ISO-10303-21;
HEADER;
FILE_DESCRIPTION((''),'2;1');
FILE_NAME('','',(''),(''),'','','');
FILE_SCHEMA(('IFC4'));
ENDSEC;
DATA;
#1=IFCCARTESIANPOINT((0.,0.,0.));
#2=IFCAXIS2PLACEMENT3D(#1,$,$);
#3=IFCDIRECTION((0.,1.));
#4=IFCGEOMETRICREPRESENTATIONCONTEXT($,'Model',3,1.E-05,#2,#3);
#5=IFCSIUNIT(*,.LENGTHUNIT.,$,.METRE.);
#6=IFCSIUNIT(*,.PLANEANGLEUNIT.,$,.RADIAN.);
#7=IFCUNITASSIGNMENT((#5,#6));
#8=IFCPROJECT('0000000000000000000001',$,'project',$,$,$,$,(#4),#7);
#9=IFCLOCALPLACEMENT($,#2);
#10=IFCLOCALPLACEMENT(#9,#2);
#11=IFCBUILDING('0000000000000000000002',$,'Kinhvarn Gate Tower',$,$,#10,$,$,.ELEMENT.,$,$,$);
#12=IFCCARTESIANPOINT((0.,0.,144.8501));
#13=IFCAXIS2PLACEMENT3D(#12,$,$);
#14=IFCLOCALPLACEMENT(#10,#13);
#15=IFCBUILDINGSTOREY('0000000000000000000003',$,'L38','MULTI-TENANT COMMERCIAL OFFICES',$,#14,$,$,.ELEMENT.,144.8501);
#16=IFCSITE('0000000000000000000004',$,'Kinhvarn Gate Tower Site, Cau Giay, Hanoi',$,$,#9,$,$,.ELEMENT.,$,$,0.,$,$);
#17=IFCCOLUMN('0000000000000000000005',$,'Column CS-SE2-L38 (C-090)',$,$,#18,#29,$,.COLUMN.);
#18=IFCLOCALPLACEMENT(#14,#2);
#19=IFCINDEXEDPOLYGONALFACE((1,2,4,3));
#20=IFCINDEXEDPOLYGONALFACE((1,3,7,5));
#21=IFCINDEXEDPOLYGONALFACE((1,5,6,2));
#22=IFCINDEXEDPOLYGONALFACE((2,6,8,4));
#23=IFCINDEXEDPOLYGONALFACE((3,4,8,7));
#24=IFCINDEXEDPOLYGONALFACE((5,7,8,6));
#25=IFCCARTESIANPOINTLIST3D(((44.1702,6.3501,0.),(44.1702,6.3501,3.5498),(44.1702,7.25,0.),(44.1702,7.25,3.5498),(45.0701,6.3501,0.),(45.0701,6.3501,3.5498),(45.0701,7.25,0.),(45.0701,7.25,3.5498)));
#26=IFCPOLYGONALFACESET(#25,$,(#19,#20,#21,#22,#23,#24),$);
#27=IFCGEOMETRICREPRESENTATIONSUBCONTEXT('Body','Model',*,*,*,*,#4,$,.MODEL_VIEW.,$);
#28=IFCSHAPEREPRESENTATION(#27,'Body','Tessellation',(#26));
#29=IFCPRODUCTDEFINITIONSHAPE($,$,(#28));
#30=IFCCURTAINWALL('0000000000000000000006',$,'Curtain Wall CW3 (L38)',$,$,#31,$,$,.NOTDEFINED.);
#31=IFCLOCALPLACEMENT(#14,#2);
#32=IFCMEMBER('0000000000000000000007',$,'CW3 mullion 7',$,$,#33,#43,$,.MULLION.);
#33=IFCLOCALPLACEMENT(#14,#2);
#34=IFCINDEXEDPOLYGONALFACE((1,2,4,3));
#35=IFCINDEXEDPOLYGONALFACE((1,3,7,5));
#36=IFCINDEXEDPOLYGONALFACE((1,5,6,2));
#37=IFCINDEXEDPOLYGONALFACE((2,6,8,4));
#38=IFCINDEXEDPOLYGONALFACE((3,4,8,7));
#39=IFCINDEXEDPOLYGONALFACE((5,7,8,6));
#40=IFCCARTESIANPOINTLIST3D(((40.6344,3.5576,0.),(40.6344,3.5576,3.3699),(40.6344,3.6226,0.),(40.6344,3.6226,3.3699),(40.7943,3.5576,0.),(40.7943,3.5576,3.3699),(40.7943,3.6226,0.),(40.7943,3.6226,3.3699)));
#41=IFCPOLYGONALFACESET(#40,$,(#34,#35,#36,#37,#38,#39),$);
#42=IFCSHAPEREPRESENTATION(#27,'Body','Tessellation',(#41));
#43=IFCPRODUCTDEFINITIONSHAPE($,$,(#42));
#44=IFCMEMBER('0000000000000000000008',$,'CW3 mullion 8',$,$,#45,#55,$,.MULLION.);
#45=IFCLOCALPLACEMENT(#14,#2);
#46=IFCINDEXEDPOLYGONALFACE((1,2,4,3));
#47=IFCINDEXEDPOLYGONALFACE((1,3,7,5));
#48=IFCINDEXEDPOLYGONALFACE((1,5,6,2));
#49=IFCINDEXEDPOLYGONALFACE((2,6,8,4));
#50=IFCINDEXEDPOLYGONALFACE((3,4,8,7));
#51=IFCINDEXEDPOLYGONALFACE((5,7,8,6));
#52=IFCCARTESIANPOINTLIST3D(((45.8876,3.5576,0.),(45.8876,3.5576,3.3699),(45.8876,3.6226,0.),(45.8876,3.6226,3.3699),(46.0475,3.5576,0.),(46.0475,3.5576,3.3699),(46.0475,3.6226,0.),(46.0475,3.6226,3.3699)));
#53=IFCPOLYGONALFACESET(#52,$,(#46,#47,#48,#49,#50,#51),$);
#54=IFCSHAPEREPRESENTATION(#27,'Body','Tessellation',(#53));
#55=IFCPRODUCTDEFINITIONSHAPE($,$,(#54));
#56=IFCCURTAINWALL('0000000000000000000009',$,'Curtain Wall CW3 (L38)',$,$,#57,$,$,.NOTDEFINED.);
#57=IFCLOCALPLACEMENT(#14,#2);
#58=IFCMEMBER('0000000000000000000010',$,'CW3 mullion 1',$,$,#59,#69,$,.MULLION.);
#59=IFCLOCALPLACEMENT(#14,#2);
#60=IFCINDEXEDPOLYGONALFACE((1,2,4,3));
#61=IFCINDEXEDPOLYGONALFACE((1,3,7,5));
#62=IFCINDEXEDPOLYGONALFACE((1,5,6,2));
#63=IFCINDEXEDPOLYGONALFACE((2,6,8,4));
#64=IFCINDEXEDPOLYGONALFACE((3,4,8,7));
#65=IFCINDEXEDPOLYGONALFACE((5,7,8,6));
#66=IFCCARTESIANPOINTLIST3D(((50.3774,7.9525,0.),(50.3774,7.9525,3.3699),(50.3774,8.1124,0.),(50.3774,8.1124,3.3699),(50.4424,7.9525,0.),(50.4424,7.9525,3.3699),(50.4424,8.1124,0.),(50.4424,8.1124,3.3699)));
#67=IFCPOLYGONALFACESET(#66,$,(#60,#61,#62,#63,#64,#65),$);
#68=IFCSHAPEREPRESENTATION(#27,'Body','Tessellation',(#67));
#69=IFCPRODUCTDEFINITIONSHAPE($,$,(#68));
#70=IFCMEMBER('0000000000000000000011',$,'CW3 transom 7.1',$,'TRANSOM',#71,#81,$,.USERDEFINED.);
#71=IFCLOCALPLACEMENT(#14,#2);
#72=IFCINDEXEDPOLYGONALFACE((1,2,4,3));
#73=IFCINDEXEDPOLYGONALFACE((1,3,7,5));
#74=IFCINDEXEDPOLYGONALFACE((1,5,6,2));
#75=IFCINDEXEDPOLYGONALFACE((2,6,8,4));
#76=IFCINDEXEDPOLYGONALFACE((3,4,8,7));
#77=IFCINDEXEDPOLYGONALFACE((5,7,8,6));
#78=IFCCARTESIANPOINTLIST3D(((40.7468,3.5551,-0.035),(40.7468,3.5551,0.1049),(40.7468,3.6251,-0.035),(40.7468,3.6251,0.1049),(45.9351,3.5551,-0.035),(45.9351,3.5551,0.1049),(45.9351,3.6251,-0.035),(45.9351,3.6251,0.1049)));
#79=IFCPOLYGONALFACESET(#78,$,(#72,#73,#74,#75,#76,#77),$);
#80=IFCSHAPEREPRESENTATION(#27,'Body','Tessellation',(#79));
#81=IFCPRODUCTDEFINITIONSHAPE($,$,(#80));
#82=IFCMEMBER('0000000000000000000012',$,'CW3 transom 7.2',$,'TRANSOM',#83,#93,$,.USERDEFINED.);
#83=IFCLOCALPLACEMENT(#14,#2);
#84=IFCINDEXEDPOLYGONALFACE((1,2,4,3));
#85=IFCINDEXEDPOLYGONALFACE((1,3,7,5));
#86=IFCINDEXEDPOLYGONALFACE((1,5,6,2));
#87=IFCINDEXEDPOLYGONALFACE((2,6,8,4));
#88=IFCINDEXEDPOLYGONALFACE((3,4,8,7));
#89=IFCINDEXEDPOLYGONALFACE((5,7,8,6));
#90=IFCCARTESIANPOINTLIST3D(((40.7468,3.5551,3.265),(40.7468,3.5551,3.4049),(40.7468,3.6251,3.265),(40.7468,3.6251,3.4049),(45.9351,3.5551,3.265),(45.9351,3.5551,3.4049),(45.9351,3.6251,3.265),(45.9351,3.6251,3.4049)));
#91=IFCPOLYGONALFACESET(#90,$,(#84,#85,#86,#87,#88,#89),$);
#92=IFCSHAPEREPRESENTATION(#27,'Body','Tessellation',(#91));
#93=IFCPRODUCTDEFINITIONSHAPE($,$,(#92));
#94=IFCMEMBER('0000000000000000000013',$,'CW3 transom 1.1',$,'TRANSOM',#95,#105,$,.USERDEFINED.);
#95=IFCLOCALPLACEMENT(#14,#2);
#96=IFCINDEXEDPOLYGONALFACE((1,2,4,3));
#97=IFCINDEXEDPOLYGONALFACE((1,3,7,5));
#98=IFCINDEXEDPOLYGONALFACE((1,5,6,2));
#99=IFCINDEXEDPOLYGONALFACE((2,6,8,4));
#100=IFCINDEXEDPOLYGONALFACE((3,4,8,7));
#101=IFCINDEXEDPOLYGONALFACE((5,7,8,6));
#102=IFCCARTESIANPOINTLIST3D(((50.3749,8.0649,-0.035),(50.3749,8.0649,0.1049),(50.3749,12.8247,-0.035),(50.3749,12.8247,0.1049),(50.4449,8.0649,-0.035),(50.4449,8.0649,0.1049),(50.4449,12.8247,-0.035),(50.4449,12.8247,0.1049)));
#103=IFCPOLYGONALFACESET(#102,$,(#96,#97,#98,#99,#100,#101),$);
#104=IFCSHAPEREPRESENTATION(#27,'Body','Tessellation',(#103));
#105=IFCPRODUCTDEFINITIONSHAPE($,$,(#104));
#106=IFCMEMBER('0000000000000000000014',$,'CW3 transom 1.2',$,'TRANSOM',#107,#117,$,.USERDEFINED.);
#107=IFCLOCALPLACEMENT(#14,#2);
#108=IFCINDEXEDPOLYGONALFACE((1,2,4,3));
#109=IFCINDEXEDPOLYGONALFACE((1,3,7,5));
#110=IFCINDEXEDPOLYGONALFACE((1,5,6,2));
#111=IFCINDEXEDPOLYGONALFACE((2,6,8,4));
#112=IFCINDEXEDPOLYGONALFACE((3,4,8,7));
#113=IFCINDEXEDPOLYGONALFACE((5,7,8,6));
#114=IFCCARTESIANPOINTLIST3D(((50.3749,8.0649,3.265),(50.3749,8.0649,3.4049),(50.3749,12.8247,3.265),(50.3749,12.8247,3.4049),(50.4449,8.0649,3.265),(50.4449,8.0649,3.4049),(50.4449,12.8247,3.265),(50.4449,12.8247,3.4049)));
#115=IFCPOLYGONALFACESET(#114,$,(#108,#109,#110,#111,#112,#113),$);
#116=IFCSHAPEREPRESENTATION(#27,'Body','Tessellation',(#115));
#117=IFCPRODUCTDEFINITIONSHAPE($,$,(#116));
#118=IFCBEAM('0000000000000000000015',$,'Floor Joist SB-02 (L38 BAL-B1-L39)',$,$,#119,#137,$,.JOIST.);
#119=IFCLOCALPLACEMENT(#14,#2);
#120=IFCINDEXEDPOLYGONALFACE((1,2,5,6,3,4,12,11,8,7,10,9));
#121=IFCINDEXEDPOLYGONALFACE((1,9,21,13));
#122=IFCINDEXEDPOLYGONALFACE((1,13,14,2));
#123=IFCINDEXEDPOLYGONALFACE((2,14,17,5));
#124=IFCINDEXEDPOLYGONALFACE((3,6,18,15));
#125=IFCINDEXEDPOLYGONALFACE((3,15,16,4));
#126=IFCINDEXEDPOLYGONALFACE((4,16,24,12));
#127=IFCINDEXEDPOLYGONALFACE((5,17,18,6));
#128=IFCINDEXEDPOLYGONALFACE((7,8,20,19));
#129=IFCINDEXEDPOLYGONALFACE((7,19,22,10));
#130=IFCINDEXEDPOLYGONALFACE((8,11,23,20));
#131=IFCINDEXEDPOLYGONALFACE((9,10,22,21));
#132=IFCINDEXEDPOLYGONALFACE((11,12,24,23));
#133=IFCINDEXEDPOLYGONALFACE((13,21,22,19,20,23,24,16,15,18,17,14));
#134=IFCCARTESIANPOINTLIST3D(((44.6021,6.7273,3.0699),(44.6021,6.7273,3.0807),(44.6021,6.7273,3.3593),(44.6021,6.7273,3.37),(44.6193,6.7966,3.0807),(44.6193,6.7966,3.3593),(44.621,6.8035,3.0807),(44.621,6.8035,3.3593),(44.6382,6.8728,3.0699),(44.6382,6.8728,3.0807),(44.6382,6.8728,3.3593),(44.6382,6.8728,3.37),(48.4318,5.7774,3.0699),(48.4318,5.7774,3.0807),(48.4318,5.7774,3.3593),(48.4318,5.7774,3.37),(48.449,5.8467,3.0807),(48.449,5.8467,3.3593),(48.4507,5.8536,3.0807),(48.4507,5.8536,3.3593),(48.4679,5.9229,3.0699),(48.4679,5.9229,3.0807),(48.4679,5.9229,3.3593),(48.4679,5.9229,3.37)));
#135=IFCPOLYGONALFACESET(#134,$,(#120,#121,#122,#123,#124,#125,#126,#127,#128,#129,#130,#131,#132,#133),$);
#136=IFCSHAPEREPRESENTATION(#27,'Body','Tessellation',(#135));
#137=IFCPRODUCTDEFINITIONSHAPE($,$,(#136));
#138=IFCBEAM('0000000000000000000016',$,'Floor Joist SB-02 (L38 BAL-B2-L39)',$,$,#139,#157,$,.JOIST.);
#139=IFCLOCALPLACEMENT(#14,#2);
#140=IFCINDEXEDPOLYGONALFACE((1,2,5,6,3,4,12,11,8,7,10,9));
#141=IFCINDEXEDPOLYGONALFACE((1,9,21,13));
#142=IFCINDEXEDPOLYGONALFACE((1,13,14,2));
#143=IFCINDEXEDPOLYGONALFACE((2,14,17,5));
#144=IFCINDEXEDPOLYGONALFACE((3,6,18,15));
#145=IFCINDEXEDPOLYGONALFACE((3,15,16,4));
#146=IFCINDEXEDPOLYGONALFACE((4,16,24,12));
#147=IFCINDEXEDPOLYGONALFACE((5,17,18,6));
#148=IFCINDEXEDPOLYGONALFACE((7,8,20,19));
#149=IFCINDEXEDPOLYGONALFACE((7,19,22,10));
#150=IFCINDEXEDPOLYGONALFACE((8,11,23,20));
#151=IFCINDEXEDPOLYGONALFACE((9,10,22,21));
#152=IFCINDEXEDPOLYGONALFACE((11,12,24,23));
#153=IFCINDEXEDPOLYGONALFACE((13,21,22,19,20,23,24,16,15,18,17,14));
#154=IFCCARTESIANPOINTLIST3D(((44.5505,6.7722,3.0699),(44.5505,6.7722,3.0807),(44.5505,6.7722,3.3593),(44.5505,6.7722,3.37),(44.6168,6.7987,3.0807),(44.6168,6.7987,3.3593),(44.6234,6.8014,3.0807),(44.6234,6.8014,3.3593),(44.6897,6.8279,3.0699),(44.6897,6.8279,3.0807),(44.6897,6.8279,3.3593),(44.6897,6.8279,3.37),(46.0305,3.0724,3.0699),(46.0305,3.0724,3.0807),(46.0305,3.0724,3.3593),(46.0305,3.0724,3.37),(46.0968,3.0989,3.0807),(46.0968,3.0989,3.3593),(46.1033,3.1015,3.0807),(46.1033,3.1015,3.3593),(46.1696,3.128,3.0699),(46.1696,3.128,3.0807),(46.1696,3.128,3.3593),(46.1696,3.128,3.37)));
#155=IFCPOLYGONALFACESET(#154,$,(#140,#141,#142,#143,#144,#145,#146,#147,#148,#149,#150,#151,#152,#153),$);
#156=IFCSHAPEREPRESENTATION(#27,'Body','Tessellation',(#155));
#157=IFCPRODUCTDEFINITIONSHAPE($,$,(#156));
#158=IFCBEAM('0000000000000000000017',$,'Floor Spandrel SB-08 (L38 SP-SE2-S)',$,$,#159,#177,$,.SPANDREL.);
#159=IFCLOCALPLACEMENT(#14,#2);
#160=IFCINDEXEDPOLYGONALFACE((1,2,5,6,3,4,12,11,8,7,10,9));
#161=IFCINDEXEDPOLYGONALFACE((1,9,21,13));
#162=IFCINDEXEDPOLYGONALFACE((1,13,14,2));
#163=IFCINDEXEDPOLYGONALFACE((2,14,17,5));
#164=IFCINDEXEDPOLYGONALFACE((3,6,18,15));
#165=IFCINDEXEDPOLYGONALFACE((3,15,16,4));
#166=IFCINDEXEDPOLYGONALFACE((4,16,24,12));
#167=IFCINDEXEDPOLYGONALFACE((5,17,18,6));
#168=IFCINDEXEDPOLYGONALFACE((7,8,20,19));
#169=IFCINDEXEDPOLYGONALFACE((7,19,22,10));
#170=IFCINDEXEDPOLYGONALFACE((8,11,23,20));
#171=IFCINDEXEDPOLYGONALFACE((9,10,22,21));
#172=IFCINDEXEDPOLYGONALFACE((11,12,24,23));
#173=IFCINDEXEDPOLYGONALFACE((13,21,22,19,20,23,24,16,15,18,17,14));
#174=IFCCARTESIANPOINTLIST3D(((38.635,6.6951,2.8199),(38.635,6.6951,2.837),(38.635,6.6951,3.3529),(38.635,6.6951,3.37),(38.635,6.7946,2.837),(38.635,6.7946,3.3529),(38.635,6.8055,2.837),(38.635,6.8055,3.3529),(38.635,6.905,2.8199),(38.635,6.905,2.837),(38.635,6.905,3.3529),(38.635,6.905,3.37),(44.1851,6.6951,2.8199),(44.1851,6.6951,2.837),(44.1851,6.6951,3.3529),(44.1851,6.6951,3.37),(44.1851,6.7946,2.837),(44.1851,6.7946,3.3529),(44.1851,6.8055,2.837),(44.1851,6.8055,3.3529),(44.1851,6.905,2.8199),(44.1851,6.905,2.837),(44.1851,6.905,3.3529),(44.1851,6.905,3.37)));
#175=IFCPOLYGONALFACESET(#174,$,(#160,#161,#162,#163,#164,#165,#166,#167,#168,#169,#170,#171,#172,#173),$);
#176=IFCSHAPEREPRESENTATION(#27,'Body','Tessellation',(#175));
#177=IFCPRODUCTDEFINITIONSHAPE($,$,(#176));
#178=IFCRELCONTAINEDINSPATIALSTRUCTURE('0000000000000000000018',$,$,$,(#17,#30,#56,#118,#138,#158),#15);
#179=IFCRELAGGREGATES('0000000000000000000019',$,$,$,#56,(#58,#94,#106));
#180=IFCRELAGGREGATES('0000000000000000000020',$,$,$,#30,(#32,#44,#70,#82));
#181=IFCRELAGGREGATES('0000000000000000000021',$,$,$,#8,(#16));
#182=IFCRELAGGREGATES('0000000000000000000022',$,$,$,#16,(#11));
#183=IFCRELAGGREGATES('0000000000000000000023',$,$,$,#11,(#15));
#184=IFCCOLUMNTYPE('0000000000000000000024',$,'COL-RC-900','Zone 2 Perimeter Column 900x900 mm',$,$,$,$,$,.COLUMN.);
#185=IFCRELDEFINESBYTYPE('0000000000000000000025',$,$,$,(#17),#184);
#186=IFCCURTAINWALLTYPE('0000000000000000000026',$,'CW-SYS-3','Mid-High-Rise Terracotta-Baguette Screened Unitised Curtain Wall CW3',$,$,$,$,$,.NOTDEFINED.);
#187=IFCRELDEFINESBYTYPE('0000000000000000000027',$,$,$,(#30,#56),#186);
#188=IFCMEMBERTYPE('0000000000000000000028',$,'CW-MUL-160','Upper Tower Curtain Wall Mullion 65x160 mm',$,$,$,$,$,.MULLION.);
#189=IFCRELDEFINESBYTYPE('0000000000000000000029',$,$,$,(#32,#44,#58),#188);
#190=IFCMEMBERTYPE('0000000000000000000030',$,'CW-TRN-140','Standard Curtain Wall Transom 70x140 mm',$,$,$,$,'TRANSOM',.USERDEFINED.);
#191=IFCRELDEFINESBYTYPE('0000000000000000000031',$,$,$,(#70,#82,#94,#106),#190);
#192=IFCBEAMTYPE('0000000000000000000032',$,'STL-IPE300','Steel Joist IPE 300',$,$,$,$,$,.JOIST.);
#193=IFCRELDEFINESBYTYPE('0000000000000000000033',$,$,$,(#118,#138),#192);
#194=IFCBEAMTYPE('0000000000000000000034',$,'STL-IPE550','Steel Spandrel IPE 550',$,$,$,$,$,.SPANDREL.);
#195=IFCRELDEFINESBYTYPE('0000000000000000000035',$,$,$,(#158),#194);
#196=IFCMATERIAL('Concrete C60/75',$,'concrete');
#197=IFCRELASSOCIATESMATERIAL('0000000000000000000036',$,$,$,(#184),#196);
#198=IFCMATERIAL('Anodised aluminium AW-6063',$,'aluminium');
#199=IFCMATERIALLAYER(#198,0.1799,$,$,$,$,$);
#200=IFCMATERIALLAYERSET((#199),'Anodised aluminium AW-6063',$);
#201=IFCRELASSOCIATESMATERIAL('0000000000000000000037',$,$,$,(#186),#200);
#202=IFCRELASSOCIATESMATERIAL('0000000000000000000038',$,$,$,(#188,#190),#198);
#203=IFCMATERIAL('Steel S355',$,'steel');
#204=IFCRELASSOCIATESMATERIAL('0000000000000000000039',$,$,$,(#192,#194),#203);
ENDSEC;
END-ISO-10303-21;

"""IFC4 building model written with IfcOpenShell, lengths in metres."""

from ifc_helpers import new_model, si_unit, direction, frame, origin, origin_2d, place, context, subcontext, project, spatial, rectangle, i_section, extrude, material, layer, layer_set, material_profile, profile_set, type_object, element, aggregate, save


model = new_model("IFC4")

# Units and contexts
model_context = context("Model", 3, precision=1e-05, world=origin(), true_north=direction((0.0, 1.0)))
body_context = subcontext(model_context, "Body", "Model", "MODEL_VIEW")
ifc_project = project(units=[si_unit("LENGTHUNIT", "METRE"), si_unit("PLANEANGLEUNIT", "RADIAN")], contexts=[model_context])

# Site, building, storey
site_placement = place(None, origin())
site = spatial("IfcSite", under=ifc_project, at=site_placement, Name="Kinhvarn Gate Tower Site, Cau Giay, Hanoi", CompositionType="ELEMENT", RefElevation=0.0)
building_placement = place(site_placement, origin())
building = spatial("IfcBuilding", under=site, at=building_placement, Name="Kinhvarn Gate Tower", CompositionType="ELEMENT")
storey_placement = place(building_placement, frame((0.0, 0.0, 144.8501)))
storey = spatial("IfcBuildingStorey", under=building, at=storey_placement, Name="L38", Description="MULTI-TENANT COMMERCIAL OFFICES", CompositionType="ELEMENT", Elevation=144.8501)

# Column
ifc_material_1 = material(Name="Concrete C60/75", Category="concrete")
ifc_material_profile_1 = material_profile(ifc_material_1, rectangle(XDim=0.8999, YDim=0.8999, at=origin_2d()), Name="RC 900x900")
ifc_profile_set_1 = profile_set([ifc_material_profile_1], Name="Concrete C60/75")
column_type = type_object("IfcColumnType", Name="COL-RC-900", Description="Zone 2 Perimeter Column 900x900 mm", PredefinedType="COLUMN", material=ifc_profile_set_1)
column_placement = place(storey_placement, frame((44.6201, 6.8, 0.0), z_axis=(0.0, 0.0, 1.0), x_axis=(1.0, 0.0, 0.0)))
element("IfcColumn", 1, at=column_placement, inside=storey, type_object=column_type, Name="Column CS-SE2-L38 (C-090)", PredefinedType="COLUMN", context=body_context, shape_type="SweptSolid", body=[
    extrude(rectangle(XDim=0.8999, YDim=0.8999, at=origin_2d()), origin(), (0.0, 0.0, 1.0), 3.5498),
])

# Curtain wall, members
ifc_material_2 = material(Name="Anodised aluminium AW-6063", Category="aluminium")
ifc_layer_1 = layer(ifc_material_2, 0.1799)
ifc_layer_set_1 = layer_set([ifc_layer_1], Name="Anodised aluminium AW-6063")
curtain_wall_type = type_object("IfcCurtainWallType", Name="CW-SYS-3", Description="Mid-High-Rise Terracotta-Baguette Screened Unitised Curtain Wall CW3", PredefinedType="NOTDEFINED", material=ifc_layer_set_1)
curtain_wall_1_placement = place(storey_placement, origin())
curtain_wall_1 = element("IfcCurtainWall", 2, at=curtain_wall_1_placement, inside=storey, type_object=curtain_wall_type, Name="Curtain Wall CW3 (L38)", PredefinedType="NOTDEFINED")
ifc_material_profile_2 = material_profile(ifc_material_2, rectangle(XDim=0.0649, YDim=0.1599, at=origin_2d()), Name="ALU 65x160")
ifc_profile_set_2 = profile_set([ifc_material_profile_2], Name="Anodised aluminium AW-6063")
member_type_1 = type_object("IfcMemberType", Name="CW-MUL-160", Description="Upper Tower Curtain Wall Mullion 65x160 mm", PredefinedType="MULLION", material=ifc_profile_set_2)
member_1_placement = place(storey_placement, frame((40.7144, 3.5901, 0.0), z_axis=(0.0, 0.0, 1.0), x_axis=(0.0, 1.0, 0.0)))
member_1 = element("IfcMember", 3, at=member_1_placement, type_object=member_type_1, Name="CW3 mullion 7", PredefinedType="MULLION", context=body_context, shape_type="SweptSolid", body=[
    extrude(rectangle(XDim=0.0649, YDim=0.1599, at=origin_2d()), origin(), (0.0, 0.0, 1.0), 3.3699),
])
member_2_placement = place(storey_placement, frame((45.9675, 3.5901, 0.0), z_axis=(0.0, 0.0, 1.0), x_axis=(0.0, 1.0, 0.0)))
member_2 = element("IfcMember", 4, at=member_2_placement, type_object=member_type_1, Name="CW3 mullion 8", PredefinedType="MULLION", context=body_context, shape_type="SweptSolid", body=[
    extrude(rectangle(XDim=0.0649, YDim=0.1599, at=origin_2d()), origin(), (0.0, 0.0, 1.0), 3.3699),
])

# Curtain wall, member
curtain_wall_2_placement = place(storey_placement, origin())
curtain_wall_2 = element("IfcCurtainWall", 5, at=curtain_wall_2_placement, inside=storey, type_object=curtain_wall_type, Name="Curtain Wall CW3 (L38)", PredefinedType="NOTDEFINED")
member_3_placement = place(storey_placement, frame((50.4099, 8.0325, 0.0), z_axis=(0.0, 0.0, 1.0), x_axis=(-1.0, 0.0, 0.0)))
member_3 = element("IfcMember", 6, at=member_3_placement, type_object=member_type_1, Name="CW3 mullion 1", PredefinedType="MULLION", context=body_context, shape_type="SweptSolid", body=[
    extrude(rectangle(XDim=0.0649, YDim=0.1599, at=origin_2d()), origin(), (0.0, 0.0, 1.0), 3.3699),
])

# Members
ifc_material_profile_3 = material_profile(ifc_material_2, rectangle(XDim=0.0701, YDim=0.1399, at=origin_2d()), Name="ALU 70x140")
ifc_profile_set_3 = profile_set([ifc_material_profile_3], Name="Anodised aluminium AW-6063")
member_type_2 = type_object("IfcMemberType", Name="CW-TRN-140", Description="Standard Curtain Wall Transom 70x140 mm", ElementType="TRANSOM", PredefinedType="USERDEFINED", material=ifc_profile_set_3)
member_4_placement = place(storey_placement, frame((40.7468, 3.5901, 0.0349), z_axis=(1.0, 0.0, 0.0), x_axis=(0.0, 1.0, 0.0)))
member_4 = element("IfcMember", 7, at=member_4_placement, type_object=member_type_2, Name="CW3 transom 7.1", ObjectType="TRANSOM", PredefinedType="USERDEFINED", context=body_context, shape_type="SweptSolid", body=[
    extrude(rectangle(XDim=0.0701, YDim=0.1399, at=origin_2d()), origin(), (0.0, 0.0, 1.0), 5.1882),
])
member_5_placement = place(storey_placement, frame((40.7468, 3.5901, 3.335), z_axis=(1.0, 0.0, 0.0), x_axis=(0.0, 1.0, 0.0)))
member_5 = element("IfcMember", 8, at=member_5_placement, type_object=member_type_2, Name="CW3 transom 7.2", ObjectType="TRANSOM", PredefinedType="USERDEFINED", context=body_context, shape_type="SweptSolid", body=[
    extrude(rectangle(XDim=0.0701, YDim=0.1399, at=origin_2d()), origin(), (0.0, 0.0, 1.0), 5.1882),
])
member_6_placement = place(storey_placement, frame((50.4099, 8.0649, 0.0349), z_axis=(0.0, 1.0, 0.0), x_axis=(-1.0, 0.0, 0.0)))
member_6 = element("IfcMember", 9, at=member_6_placement, type_object=member_type_2, Name="CW3 transom 1.1", ObjectType="TRANSOM", PredefinedType="USERDEFINED", context=body_context, shape_type="SweptSolid", body=[
    extrude(rectangle(XDim=0.0701, YDim=0.1399, at=origin_2d()), origin(), (0.0, 0.0, 1.0), 4.7598),
])
member_7_placement = place(storey_placement, frame((50.4099, 8.0649, 3.335), z_axis=(0.0, 1.0, 0.0), x_axis=(-1.0, 0.0, 0.0)))
member_7 = element("IfcMember", 10, at=member_7_placement, type_object=member_type_2, Name="CW3 transom 1.2", ObjectType="TRANSOM", PredefinedType="USERDEFINED", context=body_context, shape_type="SweptSolid", body=[
    extrude(rectangle(XDim=0.0701, YDim=0.1399, at=origin_2d()), origin(), (0.0, 0.0, 1.0), 4.7598),
])
aggregate(curtain_wall_2, [member_3, member_6, member_7])

# Beams
ifc_material_3 = material(Name="Steel S355", Category="steel")
ifc_material_profile_4 = material_profile(ifc_material_3, i_section(OverallWidth=0.1499, OverallDepth=0.3, WebThickness=0.0071, FlangeThickness=0.0107, at=origin_2d()), Name="IPE 300")
ifc_profile_set_4 = profile_set([ifc_material_profile_4], Name="Steel S355")
beam_type_1 = type_object("IfcBeamType", Name="STL-IPE300", Description="Steel Joist IPE 300", PredefinedType="JOIST", material=ifc_profile_set_4)
beam_1_placement = place(storey_placement, frame((44.6201, 6.8, 3.22), z_axis=(0.970589, -0.240745, 0.0), x_axis=(0.240745, 0.970589, 0.0)))
element("IfcBeam", 11, at=beam_1_placement, inside=storey, type_object=beam_type_1, Name="Floor Joist SB-02 (L38 BAL-B1-L39)", PredefinedType="JOIST", context=body_context, shape_type="SweptSolid", body=[
    extrude(i_section(OverallWidth=0.1499, OverallDepth=0.3, WebThickness=0.0071, FlangeThickness=0.0107, at=origin_2d()), origin(), (0.0, 0.0, 1.0), 3.9458),
])
beam_2_placement = place(storey_placement, frame((44.6201, 6.8, 3.22), z_axis=(0.371391, -0.928477, 0.0), x_axis=(0.928477, 0.371391, 0.0)))
element("IfcBeam", 12, at=beam_2_placement, inside=storey, type_object=beam_type_1, Name="Floor Joist SB-02 (L38 BAL-B2-L39)", PredefinedType="JOIST", context=body_context, shape_type="SweptSolid", body=[
    extrude(i_section(OverallWidth=0.1499, OverallDepth=0.3, WebThickness=0.0071, FlangeThickness=0.0107, at=origin_2d()), origin(), (0.0, 0.0, 1.0), 3.9849),
])
ifc_material_profile_5 = material_profile(ifc_material_3, i_section(OverallWidth=0.21, OverallDepth=0.55, WebThickness=0.011, FlangeThickness=0.0171, at=origin_2d()), Name="IPE 550")
ifc_profile_set_5 = profile_set([ifc_material_profile_5], Name="Steel S355")
beam_type_2 = type_object("IfcBeamType", Name="STL-IPE550", Description="Steel Spandrel IPE 550", PredefinedType="SPANDREL", material=ifc_profile_set_5)
beam_3_placement = place(storey_placement, frame((38.635, 6.8, 3.095), z_axis=(1.0, 0.0, 0.0), x_axis=(0.0, 1.0, 0.0)))
element("IfcBeam", 13, at=beam_3_placement, inside=storey, type_object=beam_type_2, Name="Floor Spandrel SB-08 (L38 SP-SE2-S)", PredefinedType="SPANDREL", context=body_context, shape_type="SweptSolid", body=[
    extrude(i_section(OverallWidth=0.21, OverallDepth=0.55, WebThickness=0.011, FlangeThickness=0.0171, at=origin_2d()), origin(), (0.0, 0.0, 1.0), 5.55),
])

aggregate(curtain_wall_1, [member_1, member_2, member_4, member_5])

save(model, "model.ifc")
